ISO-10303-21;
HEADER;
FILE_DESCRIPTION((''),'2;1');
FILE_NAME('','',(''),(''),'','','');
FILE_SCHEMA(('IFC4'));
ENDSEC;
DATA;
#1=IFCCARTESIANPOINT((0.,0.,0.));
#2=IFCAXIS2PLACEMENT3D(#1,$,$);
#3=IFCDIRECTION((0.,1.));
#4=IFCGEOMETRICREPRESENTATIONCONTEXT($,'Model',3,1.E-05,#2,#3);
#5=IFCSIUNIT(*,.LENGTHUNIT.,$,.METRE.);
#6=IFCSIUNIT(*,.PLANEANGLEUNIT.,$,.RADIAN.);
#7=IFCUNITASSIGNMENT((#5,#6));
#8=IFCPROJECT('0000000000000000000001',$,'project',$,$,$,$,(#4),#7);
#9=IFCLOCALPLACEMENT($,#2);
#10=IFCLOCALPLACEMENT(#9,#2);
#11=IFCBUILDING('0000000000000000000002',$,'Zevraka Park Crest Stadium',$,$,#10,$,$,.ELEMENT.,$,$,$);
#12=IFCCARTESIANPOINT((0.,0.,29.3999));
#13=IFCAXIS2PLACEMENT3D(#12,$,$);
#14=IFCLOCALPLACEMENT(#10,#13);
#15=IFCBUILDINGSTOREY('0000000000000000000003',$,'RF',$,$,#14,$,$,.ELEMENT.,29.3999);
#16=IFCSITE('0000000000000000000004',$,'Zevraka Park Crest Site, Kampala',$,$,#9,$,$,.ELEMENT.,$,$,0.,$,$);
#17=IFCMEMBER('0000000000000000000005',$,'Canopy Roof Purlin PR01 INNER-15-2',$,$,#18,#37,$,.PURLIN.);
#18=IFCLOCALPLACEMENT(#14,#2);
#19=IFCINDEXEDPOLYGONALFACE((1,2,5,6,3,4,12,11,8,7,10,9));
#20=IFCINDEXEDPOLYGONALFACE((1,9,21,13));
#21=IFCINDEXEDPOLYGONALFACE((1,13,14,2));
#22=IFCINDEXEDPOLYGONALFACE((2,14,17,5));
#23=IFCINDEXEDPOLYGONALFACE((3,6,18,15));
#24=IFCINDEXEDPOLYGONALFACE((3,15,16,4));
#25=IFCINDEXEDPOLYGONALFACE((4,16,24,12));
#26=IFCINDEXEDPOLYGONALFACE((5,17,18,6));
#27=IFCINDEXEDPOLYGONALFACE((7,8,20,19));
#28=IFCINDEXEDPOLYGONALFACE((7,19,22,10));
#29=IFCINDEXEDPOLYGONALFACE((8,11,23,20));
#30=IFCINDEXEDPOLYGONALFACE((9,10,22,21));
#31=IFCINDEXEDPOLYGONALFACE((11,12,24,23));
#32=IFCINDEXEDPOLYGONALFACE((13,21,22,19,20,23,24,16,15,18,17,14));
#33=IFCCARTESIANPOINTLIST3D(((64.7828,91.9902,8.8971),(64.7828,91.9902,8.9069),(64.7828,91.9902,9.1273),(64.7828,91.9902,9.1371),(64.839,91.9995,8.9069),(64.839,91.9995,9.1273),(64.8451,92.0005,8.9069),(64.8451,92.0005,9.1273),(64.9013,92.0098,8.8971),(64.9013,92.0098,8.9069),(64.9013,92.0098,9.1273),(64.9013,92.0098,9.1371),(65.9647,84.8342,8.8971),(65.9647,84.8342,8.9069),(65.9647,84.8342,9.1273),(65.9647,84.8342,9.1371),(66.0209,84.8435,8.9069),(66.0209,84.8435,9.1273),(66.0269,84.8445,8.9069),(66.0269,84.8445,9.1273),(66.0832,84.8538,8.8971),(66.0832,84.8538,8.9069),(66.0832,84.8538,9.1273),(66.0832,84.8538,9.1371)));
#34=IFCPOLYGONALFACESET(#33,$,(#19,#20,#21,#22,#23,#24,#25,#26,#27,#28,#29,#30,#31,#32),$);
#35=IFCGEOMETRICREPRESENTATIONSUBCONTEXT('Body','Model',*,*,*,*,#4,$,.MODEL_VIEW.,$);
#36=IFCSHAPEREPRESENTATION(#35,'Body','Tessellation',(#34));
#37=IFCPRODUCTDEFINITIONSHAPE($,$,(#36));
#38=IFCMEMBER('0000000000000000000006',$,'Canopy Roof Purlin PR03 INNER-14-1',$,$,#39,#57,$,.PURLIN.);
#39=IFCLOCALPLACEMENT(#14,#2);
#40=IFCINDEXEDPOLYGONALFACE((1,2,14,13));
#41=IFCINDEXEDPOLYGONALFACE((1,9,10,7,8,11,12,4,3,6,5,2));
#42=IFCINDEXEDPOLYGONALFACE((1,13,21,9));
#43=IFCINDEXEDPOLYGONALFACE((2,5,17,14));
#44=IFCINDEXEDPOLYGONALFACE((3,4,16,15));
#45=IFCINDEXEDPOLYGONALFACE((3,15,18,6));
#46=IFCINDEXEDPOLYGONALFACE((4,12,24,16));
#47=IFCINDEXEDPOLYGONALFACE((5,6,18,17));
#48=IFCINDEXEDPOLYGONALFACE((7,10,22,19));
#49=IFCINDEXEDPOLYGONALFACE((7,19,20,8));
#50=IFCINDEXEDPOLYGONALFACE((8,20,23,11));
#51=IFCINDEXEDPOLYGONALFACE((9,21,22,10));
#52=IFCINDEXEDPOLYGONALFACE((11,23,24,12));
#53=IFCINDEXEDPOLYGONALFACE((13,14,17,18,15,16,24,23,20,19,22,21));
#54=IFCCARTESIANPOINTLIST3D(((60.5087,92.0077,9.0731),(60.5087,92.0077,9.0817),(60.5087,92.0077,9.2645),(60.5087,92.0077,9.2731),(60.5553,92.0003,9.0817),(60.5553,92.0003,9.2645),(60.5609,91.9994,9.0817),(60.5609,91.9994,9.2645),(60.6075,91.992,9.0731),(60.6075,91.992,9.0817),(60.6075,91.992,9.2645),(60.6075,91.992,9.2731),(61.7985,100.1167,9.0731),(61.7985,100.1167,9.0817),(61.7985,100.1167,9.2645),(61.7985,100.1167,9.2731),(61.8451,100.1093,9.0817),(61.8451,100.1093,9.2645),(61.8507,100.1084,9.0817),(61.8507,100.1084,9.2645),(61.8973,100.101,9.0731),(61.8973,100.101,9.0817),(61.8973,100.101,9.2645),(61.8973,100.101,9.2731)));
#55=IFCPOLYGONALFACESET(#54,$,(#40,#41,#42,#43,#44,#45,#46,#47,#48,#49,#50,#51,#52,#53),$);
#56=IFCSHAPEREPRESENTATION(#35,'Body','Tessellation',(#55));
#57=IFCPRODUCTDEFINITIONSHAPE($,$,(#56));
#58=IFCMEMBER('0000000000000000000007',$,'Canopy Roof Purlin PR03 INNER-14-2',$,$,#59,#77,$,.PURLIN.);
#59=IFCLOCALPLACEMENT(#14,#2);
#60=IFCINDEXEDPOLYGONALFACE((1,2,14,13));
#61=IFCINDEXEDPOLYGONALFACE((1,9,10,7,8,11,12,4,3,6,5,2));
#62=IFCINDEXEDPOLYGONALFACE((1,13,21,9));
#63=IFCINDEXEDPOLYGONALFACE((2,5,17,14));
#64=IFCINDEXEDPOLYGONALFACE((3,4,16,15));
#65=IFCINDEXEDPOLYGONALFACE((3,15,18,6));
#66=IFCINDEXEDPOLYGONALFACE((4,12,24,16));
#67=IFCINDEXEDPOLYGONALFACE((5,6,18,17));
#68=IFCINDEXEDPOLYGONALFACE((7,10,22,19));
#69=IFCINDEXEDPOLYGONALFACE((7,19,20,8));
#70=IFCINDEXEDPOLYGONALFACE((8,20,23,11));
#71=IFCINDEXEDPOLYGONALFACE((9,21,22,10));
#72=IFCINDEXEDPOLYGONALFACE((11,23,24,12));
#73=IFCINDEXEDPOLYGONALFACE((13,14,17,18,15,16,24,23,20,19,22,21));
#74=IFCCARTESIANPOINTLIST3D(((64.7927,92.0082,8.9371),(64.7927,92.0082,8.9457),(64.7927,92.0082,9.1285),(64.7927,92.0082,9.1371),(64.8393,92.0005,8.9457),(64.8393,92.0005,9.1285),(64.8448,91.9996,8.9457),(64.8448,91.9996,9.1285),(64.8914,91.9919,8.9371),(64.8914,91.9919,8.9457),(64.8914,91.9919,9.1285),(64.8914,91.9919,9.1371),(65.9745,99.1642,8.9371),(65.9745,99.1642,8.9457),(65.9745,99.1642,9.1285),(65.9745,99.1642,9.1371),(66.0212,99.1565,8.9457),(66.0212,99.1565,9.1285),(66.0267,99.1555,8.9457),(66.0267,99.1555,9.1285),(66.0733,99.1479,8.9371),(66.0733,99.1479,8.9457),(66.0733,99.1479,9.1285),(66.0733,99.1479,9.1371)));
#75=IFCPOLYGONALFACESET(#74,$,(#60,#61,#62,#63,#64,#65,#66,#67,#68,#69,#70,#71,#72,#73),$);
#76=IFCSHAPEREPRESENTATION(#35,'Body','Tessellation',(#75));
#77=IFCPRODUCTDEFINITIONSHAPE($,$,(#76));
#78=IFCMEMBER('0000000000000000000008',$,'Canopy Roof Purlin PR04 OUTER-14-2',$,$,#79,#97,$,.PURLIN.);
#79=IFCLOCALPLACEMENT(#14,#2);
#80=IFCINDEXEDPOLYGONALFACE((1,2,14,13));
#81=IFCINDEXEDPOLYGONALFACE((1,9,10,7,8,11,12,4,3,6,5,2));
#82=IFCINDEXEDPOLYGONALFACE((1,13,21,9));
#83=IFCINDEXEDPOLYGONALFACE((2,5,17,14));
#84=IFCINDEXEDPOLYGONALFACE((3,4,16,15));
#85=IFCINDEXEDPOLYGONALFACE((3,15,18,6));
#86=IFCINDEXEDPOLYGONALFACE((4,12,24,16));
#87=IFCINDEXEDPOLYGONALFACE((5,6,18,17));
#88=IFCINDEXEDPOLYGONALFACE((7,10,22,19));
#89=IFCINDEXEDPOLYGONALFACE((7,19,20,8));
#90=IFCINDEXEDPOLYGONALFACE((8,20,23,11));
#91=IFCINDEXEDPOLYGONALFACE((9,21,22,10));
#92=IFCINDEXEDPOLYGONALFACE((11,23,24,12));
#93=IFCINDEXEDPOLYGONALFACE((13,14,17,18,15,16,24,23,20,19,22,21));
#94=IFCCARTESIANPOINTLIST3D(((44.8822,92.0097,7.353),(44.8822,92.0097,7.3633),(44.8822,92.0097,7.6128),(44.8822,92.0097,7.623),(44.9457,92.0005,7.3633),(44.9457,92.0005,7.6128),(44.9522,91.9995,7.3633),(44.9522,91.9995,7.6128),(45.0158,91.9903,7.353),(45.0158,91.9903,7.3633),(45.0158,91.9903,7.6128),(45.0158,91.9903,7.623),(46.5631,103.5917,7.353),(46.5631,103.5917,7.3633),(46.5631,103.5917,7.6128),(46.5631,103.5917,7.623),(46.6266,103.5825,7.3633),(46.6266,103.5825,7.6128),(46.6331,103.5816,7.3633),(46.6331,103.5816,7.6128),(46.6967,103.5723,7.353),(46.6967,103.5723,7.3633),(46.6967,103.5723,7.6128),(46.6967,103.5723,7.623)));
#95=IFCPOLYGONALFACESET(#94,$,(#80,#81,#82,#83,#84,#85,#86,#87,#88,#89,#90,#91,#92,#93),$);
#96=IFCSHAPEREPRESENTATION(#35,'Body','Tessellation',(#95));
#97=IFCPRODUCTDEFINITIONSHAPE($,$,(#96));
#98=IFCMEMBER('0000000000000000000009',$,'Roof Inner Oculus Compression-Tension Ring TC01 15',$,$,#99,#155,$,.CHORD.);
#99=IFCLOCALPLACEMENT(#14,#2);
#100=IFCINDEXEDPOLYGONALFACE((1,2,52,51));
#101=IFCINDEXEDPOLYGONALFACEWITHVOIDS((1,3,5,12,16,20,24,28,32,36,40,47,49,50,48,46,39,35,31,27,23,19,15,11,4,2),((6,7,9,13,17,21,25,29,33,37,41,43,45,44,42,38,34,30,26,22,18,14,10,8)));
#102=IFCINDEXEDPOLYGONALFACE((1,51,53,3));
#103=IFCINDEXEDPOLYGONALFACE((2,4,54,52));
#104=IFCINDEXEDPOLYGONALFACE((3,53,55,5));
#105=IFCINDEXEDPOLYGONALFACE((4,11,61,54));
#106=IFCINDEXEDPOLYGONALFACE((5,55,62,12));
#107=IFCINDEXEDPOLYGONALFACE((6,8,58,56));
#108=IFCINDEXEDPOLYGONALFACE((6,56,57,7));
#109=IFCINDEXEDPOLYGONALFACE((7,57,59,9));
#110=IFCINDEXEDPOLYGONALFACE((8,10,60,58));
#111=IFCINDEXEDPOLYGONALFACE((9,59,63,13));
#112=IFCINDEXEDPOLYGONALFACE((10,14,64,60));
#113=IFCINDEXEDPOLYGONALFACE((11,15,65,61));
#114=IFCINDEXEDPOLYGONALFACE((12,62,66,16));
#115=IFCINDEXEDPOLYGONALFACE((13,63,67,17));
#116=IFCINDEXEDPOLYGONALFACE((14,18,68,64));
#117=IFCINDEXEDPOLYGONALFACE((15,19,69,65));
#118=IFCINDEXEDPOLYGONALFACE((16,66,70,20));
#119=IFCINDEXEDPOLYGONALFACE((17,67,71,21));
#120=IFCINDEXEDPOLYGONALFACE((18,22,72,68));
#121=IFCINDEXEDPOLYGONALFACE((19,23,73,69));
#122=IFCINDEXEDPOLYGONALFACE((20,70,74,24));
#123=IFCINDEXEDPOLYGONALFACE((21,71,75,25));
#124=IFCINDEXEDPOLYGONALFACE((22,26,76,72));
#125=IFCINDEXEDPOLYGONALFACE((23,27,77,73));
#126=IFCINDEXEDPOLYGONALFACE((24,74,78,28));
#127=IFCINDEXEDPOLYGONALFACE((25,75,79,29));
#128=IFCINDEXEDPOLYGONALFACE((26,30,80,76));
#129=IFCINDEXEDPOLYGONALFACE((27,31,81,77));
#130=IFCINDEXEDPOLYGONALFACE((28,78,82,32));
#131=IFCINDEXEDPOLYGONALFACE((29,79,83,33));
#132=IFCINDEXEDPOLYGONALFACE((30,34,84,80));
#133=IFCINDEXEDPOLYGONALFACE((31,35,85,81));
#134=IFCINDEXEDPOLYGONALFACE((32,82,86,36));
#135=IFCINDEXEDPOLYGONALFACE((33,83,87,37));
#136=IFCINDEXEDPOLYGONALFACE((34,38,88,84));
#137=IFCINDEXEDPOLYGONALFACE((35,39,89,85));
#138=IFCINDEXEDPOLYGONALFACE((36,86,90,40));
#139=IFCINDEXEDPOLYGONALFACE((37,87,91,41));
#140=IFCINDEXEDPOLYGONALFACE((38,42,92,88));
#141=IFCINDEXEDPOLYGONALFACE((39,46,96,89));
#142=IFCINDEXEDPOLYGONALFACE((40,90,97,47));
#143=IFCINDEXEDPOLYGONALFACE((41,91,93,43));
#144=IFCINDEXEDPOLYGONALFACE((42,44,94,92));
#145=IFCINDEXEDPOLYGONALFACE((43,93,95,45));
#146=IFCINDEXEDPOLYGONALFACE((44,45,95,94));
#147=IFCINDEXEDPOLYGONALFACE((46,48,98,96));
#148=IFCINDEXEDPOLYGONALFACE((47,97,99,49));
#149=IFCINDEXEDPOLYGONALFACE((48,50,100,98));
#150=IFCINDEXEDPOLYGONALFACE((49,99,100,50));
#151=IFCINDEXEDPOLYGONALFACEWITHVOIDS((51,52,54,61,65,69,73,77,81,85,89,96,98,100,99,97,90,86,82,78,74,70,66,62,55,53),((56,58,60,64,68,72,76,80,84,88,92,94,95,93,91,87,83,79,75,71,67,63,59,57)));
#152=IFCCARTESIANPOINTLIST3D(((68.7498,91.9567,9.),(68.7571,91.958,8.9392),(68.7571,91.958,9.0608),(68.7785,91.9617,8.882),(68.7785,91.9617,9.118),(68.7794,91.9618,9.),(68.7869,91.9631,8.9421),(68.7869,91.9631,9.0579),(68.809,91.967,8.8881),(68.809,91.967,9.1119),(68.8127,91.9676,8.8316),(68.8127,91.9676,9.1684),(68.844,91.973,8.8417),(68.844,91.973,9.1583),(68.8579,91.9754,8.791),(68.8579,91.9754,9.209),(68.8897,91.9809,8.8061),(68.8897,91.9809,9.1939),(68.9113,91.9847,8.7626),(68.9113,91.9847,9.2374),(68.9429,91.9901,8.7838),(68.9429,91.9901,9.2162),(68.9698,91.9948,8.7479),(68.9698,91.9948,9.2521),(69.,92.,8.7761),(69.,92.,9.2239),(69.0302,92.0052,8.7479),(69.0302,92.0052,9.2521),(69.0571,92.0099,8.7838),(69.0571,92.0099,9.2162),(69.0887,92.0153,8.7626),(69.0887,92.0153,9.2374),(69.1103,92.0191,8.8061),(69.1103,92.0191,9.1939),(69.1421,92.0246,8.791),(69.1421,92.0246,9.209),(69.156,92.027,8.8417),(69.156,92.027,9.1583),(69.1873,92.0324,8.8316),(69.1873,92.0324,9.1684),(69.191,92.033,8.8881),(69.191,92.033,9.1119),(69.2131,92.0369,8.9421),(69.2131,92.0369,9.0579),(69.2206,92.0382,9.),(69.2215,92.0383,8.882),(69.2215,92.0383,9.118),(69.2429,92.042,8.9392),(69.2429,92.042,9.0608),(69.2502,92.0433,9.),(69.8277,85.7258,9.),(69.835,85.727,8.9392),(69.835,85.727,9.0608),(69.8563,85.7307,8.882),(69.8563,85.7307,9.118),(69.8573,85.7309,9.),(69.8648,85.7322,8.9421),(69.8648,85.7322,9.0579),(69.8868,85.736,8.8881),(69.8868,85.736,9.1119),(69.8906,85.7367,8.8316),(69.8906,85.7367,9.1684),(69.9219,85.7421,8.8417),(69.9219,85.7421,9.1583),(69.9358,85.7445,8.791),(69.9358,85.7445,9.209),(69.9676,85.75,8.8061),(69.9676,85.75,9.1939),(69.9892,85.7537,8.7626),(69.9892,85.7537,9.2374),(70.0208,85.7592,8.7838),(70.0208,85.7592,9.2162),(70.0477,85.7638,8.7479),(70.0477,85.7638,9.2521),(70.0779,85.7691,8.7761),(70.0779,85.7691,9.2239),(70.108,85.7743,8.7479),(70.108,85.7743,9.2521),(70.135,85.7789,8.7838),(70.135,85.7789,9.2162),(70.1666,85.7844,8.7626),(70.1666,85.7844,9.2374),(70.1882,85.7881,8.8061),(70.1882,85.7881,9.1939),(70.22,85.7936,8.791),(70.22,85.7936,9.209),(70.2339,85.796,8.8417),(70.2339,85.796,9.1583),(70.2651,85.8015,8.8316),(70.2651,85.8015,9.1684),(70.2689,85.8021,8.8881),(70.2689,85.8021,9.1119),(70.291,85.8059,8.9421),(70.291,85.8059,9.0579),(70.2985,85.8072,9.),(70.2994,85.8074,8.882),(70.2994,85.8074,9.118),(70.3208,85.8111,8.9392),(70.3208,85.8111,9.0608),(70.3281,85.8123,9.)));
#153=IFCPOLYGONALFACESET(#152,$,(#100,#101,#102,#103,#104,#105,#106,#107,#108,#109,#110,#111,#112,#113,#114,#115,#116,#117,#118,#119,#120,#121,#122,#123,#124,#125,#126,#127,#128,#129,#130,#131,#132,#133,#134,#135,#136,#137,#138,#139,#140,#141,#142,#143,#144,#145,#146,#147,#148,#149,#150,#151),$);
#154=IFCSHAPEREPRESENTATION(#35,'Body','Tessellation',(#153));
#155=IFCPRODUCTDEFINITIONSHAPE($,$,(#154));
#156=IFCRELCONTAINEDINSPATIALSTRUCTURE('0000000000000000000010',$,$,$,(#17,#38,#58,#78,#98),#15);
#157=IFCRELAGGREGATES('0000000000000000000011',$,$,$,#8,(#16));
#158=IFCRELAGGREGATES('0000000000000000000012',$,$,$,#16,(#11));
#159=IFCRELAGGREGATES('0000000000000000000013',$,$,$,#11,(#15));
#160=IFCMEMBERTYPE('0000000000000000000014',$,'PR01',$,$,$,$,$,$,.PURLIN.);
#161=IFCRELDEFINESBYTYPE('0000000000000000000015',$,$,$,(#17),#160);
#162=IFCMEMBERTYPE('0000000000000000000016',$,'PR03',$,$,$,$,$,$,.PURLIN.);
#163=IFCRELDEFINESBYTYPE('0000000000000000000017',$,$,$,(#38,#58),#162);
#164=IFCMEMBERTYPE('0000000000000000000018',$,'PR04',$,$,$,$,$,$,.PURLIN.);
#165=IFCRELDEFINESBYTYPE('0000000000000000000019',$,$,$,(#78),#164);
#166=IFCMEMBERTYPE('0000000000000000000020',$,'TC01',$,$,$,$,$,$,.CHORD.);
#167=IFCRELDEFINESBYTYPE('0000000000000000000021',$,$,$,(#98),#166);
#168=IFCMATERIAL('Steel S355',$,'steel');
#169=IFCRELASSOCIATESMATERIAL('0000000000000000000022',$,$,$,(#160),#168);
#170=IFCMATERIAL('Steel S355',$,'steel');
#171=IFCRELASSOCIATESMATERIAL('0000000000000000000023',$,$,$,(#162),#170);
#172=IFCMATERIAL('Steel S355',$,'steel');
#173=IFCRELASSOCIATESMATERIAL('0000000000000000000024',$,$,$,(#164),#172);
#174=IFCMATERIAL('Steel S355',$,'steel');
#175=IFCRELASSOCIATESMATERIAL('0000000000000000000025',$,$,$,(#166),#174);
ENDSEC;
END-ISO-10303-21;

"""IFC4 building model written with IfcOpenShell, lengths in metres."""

from ifc_helpers import new_model, si_unit, direction, frame, origin, origin_2d, place, context, subcontext, project, spatial, hollow_circle, i_section, extrude, material, material_profile, profile_set, type_object, element, save


model = new_model("IFC4")

# Units and contexts
model_context = context("Model", 3, precision=1e-05, world=origin(), true_north=direction((0.0, 1.0)))
body_context = subcontext(model_context, "Body", "Model", "MODEL_VIEW")
ifc_project = project(units=[si_unit("LENGTHUNIT", "METRE"), si_unit("PLANEANGLEUNIT", "RADIAN")], contexts=[model_context])

# Site, building, storey
site_placement = place(None, origin())
site = spatial("IfcSite", under=ifc_project, at=site_placement, Name="Zevraka Park Crest Site, Kampala", CompositionType="ELEMENT", RefElevation=0.0)
building_placement = place(site_placement, origin())
building = spatial("IfcBuilding", under=site, at=building_placement, Name="Zevraka Park Crest Stadium", CompositionType="ELEMENT")
storey_placement = place(building_placement, frame((0.0, 0.0, 29.3999)))
storey = spatial("IfcBuildingStorey", under=building, at=storey_placement, Name="RF", CompositionType="ELEMENT", Elevation=29.3999)

# Members
ifc_material_1 = material(Name="Steel S355", Category="steel")
ifc_material_profile_1 = material_profile(ifc_material_1, i_section(OverallWidth=0.1201, OverallDepth=0.24, WebThickness=0.0061, FlangeThickness=0.0098, at=origin_2d()), Name="IPE 240")
ifc_profile_set_1 = profile_set([ifc_material_profile_1], Name="Steel S355")
member_type_1 = type_object("IfcMemberType", Name="PR01", PredefinedType="PURLIN", material=ifc_profile_set_1)
member_1_placement = place(storey_placement, frame((64.842, 92.0, 9.0171), z_axis=(0.162952, -0.986634, 0.0), x_axis=(0.986634, 0.162952, 0.0)))
element("IfcMember", 1, at=member_1_placement, inside=storey, type_object=member_type_1, Name="Canopy Roof Purlin PR01 INNER-15-2", PredefinedType="PURLIN", context=body_context, shape_type="SweptSolid", body=[
    extrude(i_section(OverallWidth=0.1201, OverallDepth=0.24, WebThickness=0.0061, FlangeThickness=0.0098, at=origin_2d()), origin(), (0.0, 0.0, 1.0), 7.2529),
])
ifc_material_2 = material(Name="Steel S355", Category="steel")
ifc_material_profile_2 = material_profile(ifc_material_2, i_section(OverallWidth=0.1001, OverallDepth=0.2, WebThickness=0.0056, FlangeThickness=0.0085, at=origin_2d()), Name="IPE 200")
ifc_profile_set_2 = profile_set([ifc_material_profile_2], Name="Steel S355")
member_type_2 = type_object("IfcMemberType", Name="PR03", PredefinedType="PURLIN", material=ifc_profile_set_2)
member_2_placement = place(storey_placement, frame((61.8479, 100.1089, 9.1731), z_axis=(-0.157085, -0.987585, 0.0), x_axis=(0.987585, -0.157085, 0.0)))
element("IfcMember", 2, at=member_2_placement, inside=storey, type_object=member_type_2, Name="Canopy Roof Purlin PR03 INNER-14-1", PredefinedType="PURLIN", context=body_context, shape_type="SweptSolid", body=[
    extrude(i_section(OverallWidth=0.1001, OverallDepth=0.2, WebThickness=0.0056, FlangeThickness=0.0085, at=origin_2d()), origin(), (0.0, 0.0, 1.0), 8.2109),
])
member_3_placement = place(storey_placement, frame((66.0239, 99.156, 9.0371), z_axis=(-0.162952, -0.986634, 0.0), x_axis=(0.986634, -0.162952, 0.0)))
element("IfcMember", 3, at=member_3_placement, inside=storey, type_object=member_type_2, Name="Canopy Roof Purlin PR03 INNER-14-2", PredefinedType="PURLIN", context=body_context, shape_type="SweptSolid", body=[
    extrude(i_section(OverallWidth=0.1001, OverallDepth=0.2, WebThickness=0.0056, FlangeThickness=0.0085, at=origin_2d()), origin(), (0.0, 0.0, 1.0), 7.2529),
])
ifc_material_3 = material(Name="Steel S355", Category="steel")
ifc_material_profile_3 = material_profile(ifc_material_3, i_section(OverallWidth=0.135, OverallDepth=0.27, WebThickness=0.0066, FlangeThickness=0.0103, at=origin_2d()), Name="IPE 270")
ifc_profile_set_3 = profile_set([ifc_material_profile_3], Name="Steel S355")
member_type_3 = type_object("IfcMemberType", Name="PR04", PredefinedType="PURLIN", material=ifc_profile_set_3)
member_4_placement = place(storey_placement, frame((46.6299, 103.582, 7.488), z_axis=(-0.143626, -0.989632, 0.0), x_axis=(0.989632, -0.143626, 0.0)))
element("IfcMember", 4, at=member_4_placement, inside=storey, type_object=member_type_3, Name="Canopy Roof Purlin PR04 OUTER-14-2", PredefinedType="PURLIN", context=body_context, shape_type="SweptSolid", body=[
    extrude(i_section(OverallWidth=0.135, OverallDepth=0.27, WebThickness=0.0066, FlangeThickness=0.0103, at=origin_2d()), origin(), (0.0, 0.0, 1.0), 11.7034),
])
ifc_material_4 = material(Name="Steel S355", Category="steel")
ifc_material_profile_4 = material_profile(ifc_material_4, hollow_circle(Radius=0.2539, WallThickness=0.03, at=origin_2d()), Name="CHS 508.0x30")
ifc_profile_set_4 = profile_set([ifc_material_profile_4], Name="Steel S355")
member_type_4 = type_object("IfcMemberType", Name="TC01", PredefinedType="CHORD", material=ifc_profile_set_4)
member_5_placement = place(storey_placement, frame((69.0, 92.0, 9.0), z_axis=(0.170456, -0.985365, 0.0), x_axis=(0.985365, 0.170456, 0.0)))
element("IfcMember", 5, at=member_5_placement, inside=storey, type_object=member_type_4, Name="Roof Inner Oculus Compression-Tension Ring TC01 15", PredefinedType="CHORD", context=body_context, shape_type="SweptSolid", body=[
    extrude(hollow_circle(Radius=0.2539, WallThickness=0.03, at=origin_2d()), origin(), (0.0, 0.0, 1.0), 6.3235),
])

save(model, "model.ifc")
